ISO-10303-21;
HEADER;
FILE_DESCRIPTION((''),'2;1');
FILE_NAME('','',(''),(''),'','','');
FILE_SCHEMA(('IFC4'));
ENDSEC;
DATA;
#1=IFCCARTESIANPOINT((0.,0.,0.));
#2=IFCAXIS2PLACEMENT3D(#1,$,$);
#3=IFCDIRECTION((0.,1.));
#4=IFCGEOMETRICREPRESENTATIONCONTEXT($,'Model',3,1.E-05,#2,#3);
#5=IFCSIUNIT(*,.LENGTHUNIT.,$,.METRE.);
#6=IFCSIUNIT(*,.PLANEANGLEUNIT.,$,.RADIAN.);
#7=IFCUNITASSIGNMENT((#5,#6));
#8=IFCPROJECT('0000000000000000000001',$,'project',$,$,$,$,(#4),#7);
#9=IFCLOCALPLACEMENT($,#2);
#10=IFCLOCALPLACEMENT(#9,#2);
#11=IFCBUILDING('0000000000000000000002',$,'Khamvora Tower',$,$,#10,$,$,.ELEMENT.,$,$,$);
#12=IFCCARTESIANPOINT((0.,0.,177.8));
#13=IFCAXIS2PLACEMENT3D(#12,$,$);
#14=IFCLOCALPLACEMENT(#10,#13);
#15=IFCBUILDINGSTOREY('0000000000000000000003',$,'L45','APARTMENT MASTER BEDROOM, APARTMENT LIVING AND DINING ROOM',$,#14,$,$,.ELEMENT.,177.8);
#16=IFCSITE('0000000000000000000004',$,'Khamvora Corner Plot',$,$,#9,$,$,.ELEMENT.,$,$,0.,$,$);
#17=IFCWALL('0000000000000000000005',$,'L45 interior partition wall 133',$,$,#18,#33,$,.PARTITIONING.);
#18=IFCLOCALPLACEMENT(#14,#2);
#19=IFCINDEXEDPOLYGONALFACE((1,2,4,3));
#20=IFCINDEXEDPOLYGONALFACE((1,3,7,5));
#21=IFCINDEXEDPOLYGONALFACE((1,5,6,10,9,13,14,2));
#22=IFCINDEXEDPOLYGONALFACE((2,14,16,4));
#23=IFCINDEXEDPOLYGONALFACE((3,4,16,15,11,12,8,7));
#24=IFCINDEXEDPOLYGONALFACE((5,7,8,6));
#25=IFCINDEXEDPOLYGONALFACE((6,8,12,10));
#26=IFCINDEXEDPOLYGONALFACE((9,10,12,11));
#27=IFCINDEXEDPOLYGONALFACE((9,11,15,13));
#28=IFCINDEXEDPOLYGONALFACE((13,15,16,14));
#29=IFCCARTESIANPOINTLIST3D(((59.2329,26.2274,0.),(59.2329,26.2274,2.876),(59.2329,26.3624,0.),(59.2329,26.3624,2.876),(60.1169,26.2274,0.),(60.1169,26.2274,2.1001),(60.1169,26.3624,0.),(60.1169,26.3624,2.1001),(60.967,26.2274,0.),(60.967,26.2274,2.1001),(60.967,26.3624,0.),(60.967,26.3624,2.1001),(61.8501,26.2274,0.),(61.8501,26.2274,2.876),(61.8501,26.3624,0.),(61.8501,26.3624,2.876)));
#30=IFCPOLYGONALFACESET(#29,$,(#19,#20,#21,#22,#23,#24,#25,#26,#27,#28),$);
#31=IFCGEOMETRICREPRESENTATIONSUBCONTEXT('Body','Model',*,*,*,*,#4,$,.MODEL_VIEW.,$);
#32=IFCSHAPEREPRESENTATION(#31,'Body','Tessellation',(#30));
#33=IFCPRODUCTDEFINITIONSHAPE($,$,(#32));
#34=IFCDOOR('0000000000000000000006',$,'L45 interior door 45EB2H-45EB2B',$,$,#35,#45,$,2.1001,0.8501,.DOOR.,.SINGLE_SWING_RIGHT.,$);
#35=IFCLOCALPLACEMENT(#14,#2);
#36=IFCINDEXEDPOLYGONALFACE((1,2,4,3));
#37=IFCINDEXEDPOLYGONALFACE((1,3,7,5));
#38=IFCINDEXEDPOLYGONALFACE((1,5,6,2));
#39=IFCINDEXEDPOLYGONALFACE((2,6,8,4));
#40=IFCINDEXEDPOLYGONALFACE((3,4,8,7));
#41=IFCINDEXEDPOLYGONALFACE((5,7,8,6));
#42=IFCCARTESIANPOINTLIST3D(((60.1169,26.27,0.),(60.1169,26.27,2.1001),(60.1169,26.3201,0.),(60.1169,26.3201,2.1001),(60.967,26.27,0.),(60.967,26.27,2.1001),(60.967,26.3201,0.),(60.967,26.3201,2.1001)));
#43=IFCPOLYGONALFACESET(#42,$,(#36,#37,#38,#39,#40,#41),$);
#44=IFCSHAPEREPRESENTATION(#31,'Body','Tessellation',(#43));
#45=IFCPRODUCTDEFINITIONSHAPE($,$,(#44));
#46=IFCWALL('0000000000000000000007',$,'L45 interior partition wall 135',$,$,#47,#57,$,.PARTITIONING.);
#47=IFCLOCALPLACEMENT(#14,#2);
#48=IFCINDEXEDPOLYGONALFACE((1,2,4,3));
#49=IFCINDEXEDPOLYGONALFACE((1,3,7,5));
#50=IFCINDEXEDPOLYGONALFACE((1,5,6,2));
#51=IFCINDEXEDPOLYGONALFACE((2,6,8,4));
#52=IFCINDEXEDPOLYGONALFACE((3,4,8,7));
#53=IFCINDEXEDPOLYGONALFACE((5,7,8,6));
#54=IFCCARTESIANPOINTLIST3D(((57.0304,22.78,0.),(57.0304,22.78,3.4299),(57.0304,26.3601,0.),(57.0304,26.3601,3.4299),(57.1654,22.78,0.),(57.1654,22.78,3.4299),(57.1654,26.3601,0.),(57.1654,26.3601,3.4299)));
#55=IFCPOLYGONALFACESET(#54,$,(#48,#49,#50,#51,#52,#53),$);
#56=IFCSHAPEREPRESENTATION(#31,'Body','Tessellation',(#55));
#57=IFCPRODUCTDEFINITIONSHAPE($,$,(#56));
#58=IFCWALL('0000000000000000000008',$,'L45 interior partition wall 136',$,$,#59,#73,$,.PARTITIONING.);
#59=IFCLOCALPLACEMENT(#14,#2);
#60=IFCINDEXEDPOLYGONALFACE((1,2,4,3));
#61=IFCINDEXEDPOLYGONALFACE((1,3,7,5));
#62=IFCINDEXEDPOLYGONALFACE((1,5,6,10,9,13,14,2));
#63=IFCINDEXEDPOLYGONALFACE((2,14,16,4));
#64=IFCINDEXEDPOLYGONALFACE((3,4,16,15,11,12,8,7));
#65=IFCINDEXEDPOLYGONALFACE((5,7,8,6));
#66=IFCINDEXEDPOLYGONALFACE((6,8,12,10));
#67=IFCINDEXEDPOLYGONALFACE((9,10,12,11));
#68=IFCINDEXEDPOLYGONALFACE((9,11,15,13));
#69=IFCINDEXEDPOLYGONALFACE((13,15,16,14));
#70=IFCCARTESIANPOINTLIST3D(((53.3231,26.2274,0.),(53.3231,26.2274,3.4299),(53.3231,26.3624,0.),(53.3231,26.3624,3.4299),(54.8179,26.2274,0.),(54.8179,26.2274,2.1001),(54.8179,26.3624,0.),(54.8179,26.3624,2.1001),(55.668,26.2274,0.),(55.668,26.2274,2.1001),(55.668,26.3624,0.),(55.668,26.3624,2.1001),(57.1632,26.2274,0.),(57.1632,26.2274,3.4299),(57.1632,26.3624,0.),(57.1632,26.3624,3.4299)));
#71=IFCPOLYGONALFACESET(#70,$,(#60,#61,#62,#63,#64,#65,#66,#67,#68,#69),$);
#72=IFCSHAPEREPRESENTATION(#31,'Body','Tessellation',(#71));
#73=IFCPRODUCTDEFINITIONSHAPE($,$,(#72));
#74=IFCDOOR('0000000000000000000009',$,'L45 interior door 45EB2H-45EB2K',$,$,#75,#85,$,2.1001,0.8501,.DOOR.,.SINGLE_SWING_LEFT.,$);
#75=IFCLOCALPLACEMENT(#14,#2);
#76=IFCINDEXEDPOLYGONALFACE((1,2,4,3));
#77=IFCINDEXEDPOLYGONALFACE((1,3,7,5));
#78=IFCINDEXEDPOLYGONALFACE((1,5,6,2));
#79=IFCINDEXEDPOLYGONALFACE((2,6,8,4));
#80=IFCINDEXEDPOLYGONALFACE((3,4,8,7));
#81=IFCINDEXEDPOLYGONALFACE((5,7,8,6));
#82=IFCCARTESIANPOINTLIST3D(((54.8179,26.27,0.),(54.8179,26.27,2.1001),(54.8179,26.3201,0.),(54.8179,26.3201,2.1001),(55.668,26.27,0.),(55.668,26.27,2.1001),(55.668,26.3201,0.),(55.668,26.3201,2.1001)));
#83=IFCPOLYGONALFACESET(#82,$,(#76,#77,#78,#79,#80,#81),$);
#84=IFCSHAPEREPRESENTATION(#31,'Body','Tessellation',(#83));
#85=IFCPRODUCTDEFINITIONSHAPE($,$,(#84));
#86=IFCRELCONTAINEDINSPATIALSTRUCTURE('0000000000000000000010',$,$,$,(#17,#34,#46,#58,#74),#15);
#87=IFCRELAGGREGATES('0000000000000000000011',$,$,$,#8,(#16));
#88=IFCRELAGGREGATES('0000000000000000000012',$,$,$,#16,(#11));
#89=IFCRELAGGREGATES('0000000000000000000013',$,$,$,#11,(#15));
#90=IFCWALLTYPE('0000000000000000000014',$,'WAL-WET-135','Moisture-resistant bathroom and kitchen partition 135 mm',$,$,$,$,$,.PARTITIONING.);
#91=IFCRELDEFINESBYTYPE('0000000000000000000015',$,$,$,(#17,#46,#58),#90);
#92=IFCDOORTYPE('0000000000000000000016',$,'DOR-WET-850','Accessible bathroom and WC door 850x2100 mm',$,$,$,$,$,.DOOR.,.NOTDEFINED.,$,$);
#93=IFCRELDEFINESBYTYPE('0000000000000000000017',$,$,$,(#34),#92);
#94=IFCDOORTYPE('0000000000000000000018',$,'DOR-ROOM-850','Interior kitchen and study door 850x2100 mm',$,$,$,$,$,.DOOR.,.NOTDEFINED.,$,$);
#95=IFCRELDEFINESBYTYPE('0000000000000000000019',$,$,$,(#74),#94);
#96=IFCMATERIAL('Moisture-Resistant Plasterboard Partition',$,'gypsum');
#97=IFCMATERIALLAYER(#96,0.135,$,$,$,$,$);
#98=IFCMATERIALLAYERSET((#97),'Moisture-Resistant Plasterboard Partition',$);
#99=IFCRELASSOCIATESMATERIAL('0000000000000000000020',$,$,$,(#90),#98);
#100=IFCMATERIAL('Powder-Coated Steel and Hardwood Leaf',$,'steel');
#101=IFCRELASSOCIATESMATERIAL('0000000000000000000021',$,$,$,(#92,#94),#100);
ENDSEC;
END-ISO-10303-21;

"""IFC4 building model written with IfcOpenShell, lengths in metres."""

from ifc_helpers import new_model, si_unit, direction, frame, frame_2d, origin, place, context, subcontext, project, spatial, rectangle, extrude, material, layer, layer_set, type_object, element, fill, save


model = new_model("IFC4")

# Units and contexts
model_context = context("Model", 3, precision=1e-05, world=origin(), true_north=direction((0.0, 1.0)))
body_context = subcontext(model_context, "Body", "Model", "MODEL_VIEW")
ifc_project = project(units=[si_unit("LENGTHUNIT", "METRE"), si_unit("PLANEANGLEUNIT", "RADIAN")], contexts=[model_context])

# Site, building, storey
site_placement = place(None, origin())
site = spatial("IfcSite", under=ifc_project, at=site_placement, Name="Khamvora Corner Plot", CompositionType="ELEMENT", RefElevation=0.0)
building_placement = place(site_placement, origin())
building = spatial("IfcBuilding", under=site, at=building_placement, Name="Khamvora Tower", CompositionType="ELEMENT")
storey_placement = place(building_placement, frame((0.0, 0.0, 177.8)))
storey = spatial("IfcBuildingStorey", under=building, at=storey_placement, Name="L45", Description="APARTMENT MASTER BEDROOM, APARTMENT LIVING AND DINING ROOM", CompositionType="ELEMENT", Elevation=177.8)

# Shared definitions
ifc_material_1 = material(Name="Powder-Coated Steel and Hardwood Leaf", Category="steel")

# Shared definitions
ifc_material_2 = material(Name="Moisture-Resistant Plasterboard Partition", Category="gypsum")
ifc_layer_1 = layer(ifc_material_2, 0.135)
ifc_layer_set_1 = layer_set([ifc_layer_1], Name="Moisture-Resistant Plasterboard Partition")
wall_type_1 = type_object("IfcWallType", Name="WAL-WET-135", Description="Moisture-resistant bathroom and kitchen partition 135 mm", PredefinedType="PARTITIONING", material=ifc_layer_set_1)

# Wall, opening, door
wall_1_placement = place(storey_placement, frame((61.8501, 26.2949, 0.0), z_axis=(0.0, 0.0, 1.0), x_axis=(-1.0, 0.0, 0.0)))
wall_1 = element("IfcWall", 1, at=wall_1_placement, inside=storey, type_object=wall_type_1, Name="L45 interior partition wall 133", PredefinedType="PARTITIONING", context=body_context, shape_type="SweptSolid", body=[
    extrude(rectangle(XDim=2.6172, YDim=0.135, at=frame_2d((1.3086, 0.0))), origin(), (0.0, 0.0, 1.0), 2.876),
])
opening_1_placement = place(wall_1_placement, frame((0.8831, 0.0, 0.0)))
opening_1 = element("IfcOpeningElement", 2, at=opening_1_placement, cuts=wall_1, PredefinedType="OPENING", context=body_context, shape_type="SweptSolid", body=[
    extrude(rectangle(XDim=0.8501, YDim=2.1001, at=frame_2d((0.425, 1.05))), frame((0.0, 0.0774, 0.0), z_axis=(0.0, -1.0, 0.0), x_axis=(1.0, 0.0, 0.0)), (0.0, 0.0, 1.0), 0.155),
])
door_type_1 = type_object("IfcDoorType", Name="DOR-WET-850", Description="Accessible bathroom and WC door 850x2100 mm", OperationType="NOTDEFINED", PredefinedType="DOOR", material=ifc_material_1)
door_1_placement = place(opening_1_placement, origin())
door_1 = element("IfcDoor", 3, at=door_1_placement, inside=storey, type_object=door_type_1, Name="L45 interior door 45EB2H-45EB2B", OperationType="SINGLE_SWING_RIGHT", OverallHeight=2.1001, OverallWidth=0.8501, PredefinedType="DOOR", context=body_context, shape_type="SweptSolid", body=[
    extrude(rectangle(XDim=0.8501, YDim=2.1001, at=frame_2d((0.425, 1.05))), frame((0.0, 0.0249, 0.0), z_axis=(0.0, -1.0, 0.0), x_axis=(1.0, 0.0, 0.0)), (0.0, 0.0, 1.0), 0.05),
])
fill(opening_1, door_1)

# Wall
wall_2_placement = place(storey_placement, frame((57.0979, 22.78, 0.0), z_axis=(0.0, 0.0, 1.0), x_axis=(0.0, 1.0, 0.0)))
element("IfcWall", 4, at=wall_2_placement, inside=storey, type_object=wall_type_1, Name="L45 interior partition wall 135", PredefinedType="PARTITIONING", context=body_context, shape_type="SweptSolid", body=[
    extrude(rectangle(XDim=3.5801, YDim=0.135, at=frame_2d((1.79, 0.0))), origin(), (0.0, 0.0, 1.0), 3.4299),
])

# Wall, opening, door
wall_3_placement = place(storey_placement, frame((57.1631, 26.2949, 0.0), z_axis=(0.0, 0.0, 1.0), x_axis=(-1.0, 0.0, 0.0)))
wall_3 = element("IfcWall", 5, at=wall_3_placement, inside=storey, type_object=wall_type_1, Name="L45 interior partition wall 136", PredefinedType="PARTITIONING", context=body_context, shape_type="SweptSolid", body=[
    extrude(rectangle(XDim=3.8401, YDim=0.135, at=frame_2d((1.9199, 0.0))), origin(), (0.0, 0.0, 1.0), 3.4299),
])
opening_2_placement = place(wall_3_placement, frame((1.4951, 0.0, 0.0)))
opening_2 = element("IfcOpeningElement", 6, at=opening_2_placement, cuts=wall_3, PredefinedType="OPENING", context=body_context, shape_type="SweptSolid", body=[
    extrude(rectangle(XDim=0.8501, YDim=2.1001, at=frame_2d((0.425, 1.05))), frame((0.0, 0.0774, 0.0), z_axis=(0.0, -1.0, 0.0), x_axis=(1.0, 0.0, 0.0)), (0.0, 0.0, 1.0), 0.155),
])
door_type_2 = type_object("IfcDoorType", Name="DOR-ROOM-850", Description="Interior kitchen and study door 850x2100 mm", OperationType="NOTDEFINED", PredefinedType="DOOR", material=ifc_material_1)
door_2_placement = place(opening_2_placement, origin())
door_2 = element("IfcDoor", 7, at=door_2_placement, inside=storey, type_object=door_type_2, Name="L45 interior door 45EB2H-45EB2K", OperationType="SINGLE_SWING_LEFT", OverallHeight=2.1001, OverallWidth=0.8501, PredefinedType="DOOR", context=body_context, shape_type="SweptSolid", body=[
    extrude(rectangle(XDim=0.8501, YDim=2.1001, at=frame_2d((0.425, 1.05))), frame((0.0, 0.0249, 0.0), z_axis=(0.0, -1.0, 0.0), x_axis=(1.0, 0.0, 0.0)), (0.0, 0.0, 1.0), 0.05),
])
fill(opening_2, door_2)

save(model, "model.ifc")
